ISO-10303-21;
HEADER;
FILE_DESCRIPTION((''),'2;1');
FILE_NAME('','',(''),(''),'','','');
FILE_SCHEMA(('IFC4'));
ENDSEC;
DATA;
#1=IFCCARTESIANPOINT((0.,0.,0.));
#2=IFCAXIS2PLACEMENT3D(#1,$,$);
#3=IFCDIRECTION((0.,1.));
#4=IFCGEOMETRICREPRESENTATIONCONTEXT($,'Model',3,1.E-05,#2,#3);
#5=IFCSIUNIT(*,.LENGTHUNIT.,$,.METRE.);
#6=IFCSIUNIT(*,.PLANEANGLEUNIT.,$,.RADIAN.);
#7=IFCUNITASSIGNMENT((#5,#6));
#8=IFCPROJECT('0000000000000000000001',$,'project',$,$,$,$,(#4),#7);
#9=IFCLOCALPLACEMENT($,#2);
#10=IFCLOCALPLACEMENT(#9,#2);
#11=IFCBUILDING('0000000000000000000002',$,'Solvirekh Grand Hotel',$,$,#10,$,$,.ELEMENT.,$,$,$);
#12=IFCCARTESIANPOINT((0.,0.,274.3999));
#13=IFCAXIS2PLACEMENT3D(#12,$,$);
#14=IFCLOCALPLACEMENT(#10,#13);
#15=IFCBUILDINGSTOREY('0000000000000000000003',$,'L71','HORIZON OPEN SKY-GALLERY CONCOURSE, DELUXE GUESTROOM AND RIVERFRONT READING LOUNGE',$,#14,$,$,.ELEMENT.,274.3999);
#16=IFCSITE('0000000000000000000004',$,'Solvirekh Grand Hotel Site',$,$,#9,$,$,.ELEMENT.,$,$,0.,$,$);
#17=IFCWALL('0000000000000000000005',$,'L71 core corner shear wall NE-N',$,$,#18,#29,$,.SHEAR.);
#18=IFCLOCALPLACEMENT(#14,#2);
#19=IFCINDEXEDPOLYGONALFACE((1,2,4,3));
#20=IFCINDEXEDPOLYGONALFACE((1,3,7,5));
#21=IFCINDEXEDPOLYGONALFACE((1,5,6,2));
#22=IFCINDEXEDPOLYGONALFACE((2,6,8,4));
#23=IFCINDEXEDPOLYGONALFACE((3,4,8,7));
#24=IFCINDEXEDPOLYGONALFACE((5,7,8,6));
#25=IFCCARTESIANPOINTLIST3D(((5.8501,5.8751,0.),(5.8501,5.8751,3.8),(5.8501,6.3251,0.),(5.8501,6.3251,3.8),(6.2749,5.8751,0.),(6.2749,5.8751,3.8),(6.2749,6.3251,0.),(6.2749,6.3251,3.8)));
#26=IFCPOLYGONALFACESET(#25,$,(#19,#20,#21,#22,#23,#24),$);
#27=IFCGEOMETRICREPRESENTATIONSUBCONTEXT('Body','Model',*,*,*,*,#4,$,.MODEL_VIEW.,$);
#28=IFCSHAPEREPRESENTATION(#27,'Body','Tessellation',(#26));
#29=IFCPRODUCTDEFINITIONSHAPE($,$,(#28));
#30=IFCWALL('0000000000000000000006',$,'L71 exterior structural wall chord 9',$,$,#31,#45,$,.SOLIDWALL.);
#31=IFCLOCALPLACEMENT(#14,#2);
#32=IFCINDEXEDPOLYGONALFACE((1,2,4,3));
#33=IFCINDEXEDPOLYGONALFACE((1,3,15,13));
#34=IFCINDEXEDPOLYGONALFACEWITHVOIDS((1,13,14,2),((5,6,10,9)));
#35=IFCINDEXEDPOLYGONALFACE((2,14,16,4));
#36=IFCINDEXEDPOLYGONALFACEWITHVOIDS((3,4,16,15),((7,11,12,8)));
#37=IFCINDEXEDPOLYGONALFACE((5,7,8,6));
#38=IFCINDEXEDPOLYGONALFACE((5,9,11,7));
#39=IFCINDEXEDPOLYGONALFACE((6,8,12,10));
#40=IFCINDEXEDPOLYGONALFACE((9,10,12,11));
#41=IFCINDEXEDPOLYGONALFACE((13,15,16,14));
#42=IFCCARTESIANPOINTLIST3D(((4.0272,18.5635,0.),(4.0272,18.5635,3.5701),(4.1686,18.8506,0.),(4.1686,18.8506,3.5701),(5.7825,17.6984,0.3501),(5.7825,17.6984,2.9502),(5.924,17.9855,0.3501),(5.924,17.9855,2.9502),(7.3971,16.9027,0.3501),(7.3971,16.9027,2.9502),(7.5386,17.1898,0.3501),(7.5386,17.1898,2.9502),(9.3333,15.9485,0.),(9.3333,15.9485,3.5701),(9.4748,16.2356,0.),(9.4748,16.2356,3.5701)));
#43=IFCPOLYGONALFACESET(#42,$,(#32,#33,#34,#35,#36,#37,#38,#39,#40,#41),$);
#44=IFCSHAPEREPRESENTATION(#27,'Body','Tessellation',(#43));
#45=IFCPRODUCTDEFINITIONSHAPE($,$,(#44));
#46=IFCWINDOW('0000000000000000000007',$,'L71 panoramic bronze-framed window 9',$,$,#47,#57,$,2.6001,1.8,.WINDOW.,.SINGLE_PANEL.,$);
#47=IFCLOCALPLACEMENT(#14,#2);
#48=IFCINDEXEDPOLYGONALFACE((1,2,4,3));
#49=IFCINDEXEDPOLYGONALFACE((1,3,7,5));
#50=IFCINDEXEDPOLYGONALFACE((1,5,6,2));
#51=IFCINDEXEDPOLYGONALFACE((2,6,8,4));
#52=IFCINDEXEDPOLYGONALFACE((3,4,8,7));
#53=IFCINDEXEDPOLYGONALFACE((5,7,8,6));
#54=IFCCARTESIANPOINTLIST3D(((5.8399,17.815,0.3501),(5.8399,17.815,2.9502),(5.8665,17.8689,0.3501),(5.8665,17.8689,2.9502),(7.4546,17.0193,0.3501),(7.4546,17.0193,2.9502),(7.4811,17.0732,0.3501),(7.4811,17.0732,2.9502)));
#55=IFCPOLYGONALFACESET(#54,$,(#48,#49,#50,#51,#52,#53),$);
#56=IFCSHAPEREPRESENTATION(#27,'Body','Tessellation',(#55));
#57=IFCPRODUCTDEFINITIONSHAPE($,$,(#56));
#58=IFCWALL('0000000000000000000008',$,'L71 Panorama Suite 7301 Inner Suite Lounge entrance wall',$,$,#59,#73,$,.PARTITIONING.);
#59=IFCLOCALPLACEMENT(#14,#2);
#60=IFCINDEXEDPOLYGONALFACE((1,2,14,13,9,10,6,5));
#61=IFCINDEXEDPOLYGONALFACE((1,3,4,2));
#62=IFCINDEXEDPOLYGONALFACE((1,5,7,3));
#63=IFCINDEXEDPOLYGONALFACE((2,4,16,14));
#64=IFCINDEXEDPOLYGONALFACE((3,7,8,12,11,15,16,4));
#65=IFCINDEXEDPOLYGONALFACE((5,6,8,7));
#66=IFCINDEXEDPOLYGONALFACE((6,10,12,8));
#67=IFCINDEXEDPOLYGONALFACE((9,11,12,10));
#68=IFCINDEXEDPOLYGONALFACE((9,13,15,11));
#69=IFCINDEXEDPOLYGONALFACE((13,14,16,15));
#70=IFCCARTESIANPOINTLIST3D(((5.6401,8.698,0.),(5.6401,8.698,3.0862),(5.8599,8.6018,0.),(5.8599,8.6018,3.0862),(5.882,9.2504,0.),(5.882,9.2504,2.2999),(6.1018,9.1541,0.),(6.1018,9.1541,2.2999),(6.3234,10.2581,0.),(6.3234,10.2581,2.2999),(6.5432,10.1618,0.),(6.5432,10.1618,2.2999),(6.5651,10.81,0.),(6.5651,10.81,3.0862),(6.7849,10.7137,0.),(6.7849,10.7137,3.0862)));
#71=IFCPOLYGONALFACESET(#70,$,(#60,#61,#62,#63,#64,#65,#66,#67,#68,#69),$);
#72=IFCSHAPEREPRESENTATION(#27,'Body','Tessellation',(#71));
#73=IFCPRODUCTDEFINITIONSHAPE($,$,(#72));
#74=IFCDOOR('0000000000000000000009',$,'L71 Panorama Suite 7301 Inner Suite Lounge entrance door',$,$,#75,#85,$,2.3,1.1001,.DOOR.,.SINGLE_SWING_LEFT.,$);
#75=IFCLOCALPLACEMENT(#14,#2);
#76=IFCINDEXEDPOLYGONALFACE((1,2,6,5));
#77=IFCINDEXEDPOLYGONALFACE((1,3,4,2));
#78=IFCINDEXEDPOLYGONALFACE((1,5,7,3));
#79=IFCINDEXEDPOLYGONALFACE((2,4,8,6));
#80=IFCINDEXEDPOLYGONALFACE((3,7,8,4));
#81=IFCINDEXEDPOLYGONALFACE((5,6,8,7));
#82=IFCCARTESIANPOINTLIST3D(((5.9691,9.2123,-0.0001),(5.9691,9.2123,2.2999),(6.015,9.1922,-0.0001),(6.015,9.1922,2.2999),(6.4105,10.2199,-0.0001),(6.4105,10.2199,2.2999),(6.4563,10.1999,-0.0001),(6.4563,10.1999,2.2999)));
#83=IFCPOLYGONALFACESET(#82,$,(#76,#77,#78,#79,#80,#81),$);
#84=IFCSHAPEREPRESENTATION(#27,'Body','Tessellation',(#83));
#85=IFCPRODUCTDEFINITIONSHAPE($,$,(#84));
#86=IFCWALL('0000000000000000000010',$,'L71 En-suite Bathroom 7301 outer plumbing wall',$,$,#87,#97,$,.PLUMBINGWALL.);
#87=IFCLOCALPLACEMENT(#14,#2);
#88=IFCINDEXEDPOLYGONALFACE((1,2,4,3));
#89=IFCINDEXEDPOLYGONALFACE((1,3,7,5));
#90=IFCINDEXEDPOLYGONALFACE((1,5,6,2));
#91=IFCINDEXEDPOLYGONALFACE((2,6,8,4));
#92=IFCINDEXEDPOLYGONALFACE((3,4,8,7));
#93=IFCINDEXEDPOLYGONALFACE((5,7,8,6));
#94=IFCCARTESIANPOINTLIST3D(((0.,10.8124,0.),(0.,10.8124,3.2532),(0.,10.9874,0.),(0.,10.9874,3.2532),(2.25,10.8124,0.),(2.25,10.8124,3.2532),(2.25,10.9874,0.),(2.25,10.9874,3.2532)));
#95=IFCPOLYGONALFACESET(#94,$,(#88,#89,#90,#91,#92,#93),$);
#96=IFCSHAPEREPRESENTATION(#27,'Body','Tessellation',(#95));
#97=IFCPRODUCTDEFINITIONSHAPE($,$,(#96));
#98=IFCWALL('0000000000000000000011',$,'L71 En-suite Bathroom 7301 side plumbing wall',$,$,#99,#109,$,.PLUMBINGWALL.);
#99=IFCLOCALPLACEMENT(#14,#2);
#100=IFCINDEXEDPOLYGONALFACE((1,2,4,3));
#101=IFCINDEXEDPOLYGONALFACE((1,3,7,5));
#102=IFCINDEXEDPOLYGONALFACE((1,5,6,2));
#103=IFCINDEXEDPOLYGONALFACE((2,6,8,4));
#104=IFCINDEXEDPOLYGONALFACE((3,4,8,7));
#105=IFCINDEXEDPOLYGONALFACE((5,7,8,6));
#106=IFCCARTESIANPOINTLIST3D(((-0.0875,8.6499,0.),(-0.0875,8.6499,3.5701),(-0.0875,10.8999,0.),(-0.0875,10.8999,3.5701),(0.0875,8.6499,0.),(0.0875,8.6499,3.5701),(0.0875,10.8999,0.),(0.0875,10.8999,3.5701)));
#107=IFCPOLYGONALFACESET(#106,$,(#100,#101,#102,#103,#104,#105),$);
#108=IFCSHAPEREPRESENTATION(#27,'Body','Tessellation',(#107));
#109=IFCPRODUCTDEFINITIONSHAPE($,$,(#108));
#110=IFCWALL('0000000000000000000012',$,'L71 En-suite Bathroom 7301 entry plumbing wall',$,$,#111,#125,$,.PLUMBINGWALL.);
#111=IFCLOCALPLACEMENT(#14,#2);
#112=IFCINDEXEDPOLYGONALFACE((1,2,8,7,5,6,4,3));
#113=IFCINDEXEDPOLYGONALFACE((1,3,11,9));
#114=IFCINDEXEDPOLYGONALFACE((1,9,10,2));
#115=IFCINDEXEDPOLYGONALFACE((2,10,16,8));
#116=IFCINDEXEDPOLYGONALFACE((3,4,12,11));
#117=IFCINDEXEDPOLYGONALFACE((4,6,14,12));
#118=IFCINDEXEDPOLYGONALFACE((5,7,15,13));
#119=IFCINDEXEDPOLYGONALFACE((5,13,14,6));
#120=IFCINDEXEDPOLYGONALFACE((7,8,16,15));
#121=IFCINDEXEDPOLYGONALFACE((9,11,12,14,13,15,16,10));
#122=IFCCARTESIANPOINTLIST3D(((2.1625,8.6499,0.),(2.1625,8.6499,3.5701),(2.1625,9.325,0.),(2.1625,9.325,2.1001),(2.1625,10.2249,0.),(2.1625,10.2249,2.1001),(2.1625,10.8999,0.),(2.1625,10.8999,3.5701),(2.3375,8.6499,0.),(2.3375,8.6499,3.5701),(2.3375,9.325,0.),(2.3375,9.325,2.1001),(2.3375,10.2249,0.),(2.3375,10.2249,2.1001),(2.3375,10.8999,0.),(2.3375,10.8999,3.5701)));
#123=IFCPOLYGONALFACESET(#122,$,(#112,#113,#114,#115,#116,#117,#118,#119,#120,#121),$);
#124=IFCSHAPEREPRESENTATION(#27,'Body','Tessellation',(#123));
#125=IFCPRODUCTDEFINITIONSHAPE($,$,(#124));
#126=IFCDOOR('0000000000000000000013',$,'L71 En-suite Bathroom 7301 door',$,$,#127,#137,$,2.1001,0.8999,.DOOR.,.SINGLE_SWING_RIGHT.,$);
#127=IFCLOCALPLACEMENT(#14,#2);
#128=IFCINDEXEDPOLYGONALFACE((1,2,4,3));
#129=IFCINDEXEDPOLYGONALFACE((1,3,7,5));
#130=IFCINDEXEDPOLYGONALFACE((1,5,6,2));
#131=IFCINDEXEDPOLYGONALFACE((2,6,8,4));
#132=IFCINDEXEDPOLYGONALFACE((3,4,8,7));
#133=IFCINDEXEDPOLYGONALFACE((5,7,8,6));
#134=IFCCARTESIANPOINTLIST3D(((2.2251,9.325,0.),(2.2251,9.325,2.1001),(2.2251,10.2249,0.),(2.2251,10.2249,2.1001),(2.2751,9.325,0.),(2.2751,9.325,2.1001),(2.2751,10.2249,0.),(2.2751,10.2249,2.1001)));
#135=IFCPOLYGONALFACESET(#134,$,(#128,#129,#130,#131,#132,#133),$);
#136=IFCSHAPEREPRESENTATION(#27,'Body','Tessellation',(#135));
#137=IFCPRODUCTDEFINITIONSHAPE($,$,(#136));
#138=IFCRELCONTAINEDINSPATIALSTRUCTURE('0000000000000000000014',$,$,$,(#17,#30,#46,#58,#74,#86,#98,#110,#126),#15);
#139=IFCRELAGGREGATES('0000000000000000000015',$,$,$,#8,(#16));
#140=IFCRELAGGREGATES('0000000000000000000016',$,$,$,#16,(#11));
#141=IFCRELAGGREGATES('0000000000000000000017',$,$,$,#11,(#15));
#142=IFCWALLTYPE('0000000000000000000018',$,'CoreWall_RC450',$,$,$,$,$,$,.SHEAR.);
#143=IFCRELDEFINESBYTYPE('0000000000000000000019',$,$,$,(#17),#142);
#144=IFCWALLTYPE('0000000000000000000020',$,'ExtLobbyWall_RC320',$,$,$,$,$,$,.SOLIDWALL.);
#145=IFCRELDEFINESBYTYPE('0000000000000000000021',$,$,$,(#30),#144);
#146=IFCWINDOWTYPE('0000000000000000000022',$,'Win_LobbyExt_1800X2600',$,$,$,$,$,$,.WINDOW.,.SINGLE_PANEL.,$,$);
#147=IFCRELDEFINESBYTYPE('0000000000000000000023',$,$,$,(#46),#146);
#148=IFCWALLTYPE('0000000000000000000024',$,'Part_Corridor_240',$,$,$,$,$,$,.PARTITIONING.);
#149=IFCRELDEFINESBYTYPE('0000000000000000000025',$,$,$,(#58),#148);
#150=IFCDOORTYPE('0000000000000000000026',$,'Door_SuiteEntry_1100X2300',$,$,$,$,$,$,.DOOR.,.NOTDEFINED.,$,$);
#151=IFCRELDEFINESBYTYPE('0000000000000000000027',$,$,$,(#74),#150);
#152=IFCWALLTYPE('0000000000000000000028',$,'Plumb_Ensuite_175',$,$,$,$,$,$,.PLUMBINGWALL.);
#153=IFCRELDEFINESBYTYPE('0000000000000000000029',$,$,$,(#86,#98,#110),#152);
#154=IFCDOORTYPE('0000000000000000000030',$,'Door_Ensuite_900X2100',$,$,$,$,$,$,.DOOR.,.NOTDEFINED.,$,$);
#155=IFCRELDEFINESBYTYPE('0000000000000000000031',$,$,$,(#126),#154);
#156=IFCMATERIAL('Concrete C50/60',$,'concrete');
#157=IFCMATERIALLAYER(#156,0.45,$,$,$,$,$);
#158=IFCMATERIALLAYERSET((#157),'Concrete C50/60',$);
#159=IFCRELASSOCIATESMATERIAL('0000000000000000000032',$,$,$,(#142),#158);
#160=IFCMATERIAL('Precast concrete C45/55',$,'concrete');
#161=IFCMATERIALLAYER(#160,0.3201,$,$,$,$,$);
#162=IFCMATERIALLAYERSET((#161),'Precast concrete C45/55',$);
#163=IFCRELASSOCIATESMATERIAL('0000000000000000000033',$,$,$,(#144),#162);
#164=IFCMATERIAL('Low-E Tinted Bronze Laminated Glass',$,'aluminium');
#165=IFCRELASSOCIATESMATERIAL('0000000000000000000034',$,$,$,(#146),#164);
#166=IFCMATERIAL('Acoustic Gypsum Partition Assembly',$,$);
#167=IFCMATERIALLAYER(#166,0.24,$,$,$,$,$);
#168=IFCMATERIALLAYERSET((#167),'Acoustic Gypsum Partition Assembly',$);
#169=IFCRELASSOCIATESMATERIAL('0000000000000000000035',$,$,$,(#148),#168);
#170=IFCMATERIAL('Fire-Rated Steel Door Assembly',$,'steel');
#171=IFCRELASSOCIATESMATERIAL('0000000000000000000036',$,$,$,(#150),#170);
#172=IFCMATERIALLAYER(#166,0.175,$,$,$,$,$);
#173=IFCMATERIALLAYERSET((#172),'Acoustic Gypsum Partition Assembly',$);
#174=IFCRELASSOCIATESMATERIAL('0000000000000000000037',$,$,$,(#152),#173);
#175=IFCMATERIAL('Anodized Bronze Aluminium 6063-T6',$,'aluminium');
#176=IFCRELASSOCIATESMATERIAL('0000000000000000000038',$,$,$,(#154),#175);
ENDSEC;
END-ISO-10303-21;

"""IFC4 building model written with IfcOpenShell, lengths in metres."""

from ifc_helpers import new_model, si_unit, direction, frame, frame_2d, origin, place, context, subcontext, project, spatial, rectangle, extrude, material, layer, layer_set, type_object, element, fill, save


model = new_model("IFC4")

# Units and contexts
model_context = context("Model", 3, precision=1e-05, world=origin(), true_north=direction((0.0, 1.0)))
body_context = subcontext(model_context, "Body", "Model", "MODEL_VIEW")
ifc_project = project(units=[si_unit("LENGTHUNIT", "METRE"), si_unit("PLANEANGLEUNIT", "RADIAN")], contexts=[model_context])

# Site, building, storey
site_placement = place(None, origin())
site = spatial("IfcSite", under=ifc_project, at=site_placement, Name="Solvirekh Grand Hotel Site", CompositionType="ELEMENT", RefElevation=0.0)
building_placement = place(site_placement, origin())
building = spatial("IfcBuilding", under=site, at=building_placement, Name="Solvirekh Grand Hotel", CompositionType="ELEMENT")
storey_placement = place(building_placement, frame((0.0, 0.0, 274.3999)))
storey = spatial("IfcBuildingStorey", under=building, at=storey_placement, Name="L71", Description="HORIZON OPEN SKY-GALLERY CONCOURSE, DELUXE GUESTROOM AND RIVERFRONT READING LOUNGE", CompositionType="ELEMENT", Elevation=274.3999)

# Shared definitions
ifc_material_1 = material(Name="Concrete C50/60", Category="concrete")

# Wall
ifc_layer_1 = layer(ifc_material_1, 0.45)
ifc_layer_set_1 = layer_set([ifc_layer_1], Name="Concrete C50/60")
wall_type_1 = type_object("IfcWallType", Name="CoreWall_RC450", PredefinedType="SHEAR", material=ifc_layer_set_1)
wall_1_placement = place(storey_placement, frame((5.8501, 6.1001, 0.0), z_axis=(0.0, 0.0, 1.0), x_axis=(1.0, 0.0, 0.0)))
element("IfcWall", 1, at=wall_1_placement, inside=storey, type_object=wall_type_1, Name="L71 core corner shear wall NE-N", PredefinedType="SHEAR", context=body_context, shape_type="SweptSolid", body=[
    extrude(rectangle(XDim=0.4248, YDim=0.45, at=frame_2d((0.2124, 0.0))), origin(), (0.0, 0.0, 1.0), 3.8),
])

# Wall, opening, window
ifc_material_2 = material(Name="Precast concrete C45/55", Category="concrete")
ifc_layer_2 = layer(ifc_material_2, 0.3201)
ifc_layer_set_2 = layer_set([ifc_layer_2], Name="Precast concrete C45/55")
wall_type_2 = type_object("IfcWallType", Name="ExtLobbyWall_RC320", PredefinedType="SOLIDWALL", material=ifc_layer_set_2)
wall_2_placement = place(storey_placement, frame((4.0979, 18.707, 0.0), z_axis=(0.0, 0.0, 1.0), x_axis=(0.896988, -0.442056, 0.0)))
wall_2 = element("IfcWall", 2, at=wall_2_placement, inside=storey, type_object=wall_type_2, Name="L71 exterior structural wall chord 9", PredefinedType="SOLIDWALL", context=body_context, shape_type="SweptSolid", body=[
    extrude(rectangle(XDim=5.9155, YDim=0.3201, at=frame_2d((2.9578, 0.0))), origin(), (0.0, 0.0, 1.0), 3.5701),
])
opening_1_placement = place(wall_2_placement, frame((1.957, 0.0, 0.3501)))
opening_1 = element("IfcOpeningElement", 3, at=opening_1_placement, cuts=wall_2, PredefinedType="OPENING", context=body_context, shape_type="SweptSolid", body=[
    extrude(rectangle(XDim=1.8, YDim=2.6001, at=frame_2d((0.8999, 1.3))), frame((0.0, 0.1699, 0.0), z_axis=(0.0, -1.0, 0.0), x_axis=(1.0, 0.0, 0.0)), (0.0, 0.0, 1.0), 0.3401),
])
ifc_material_3 = material(Name="Low-E Tinted Bronze Laminated Glass", Category="aluminium")
window_type = type_object("IfcWindowType", Name="Win_LobbyExt_1800X2600", PartitioningType="SINGLE_PANEL", PredefinedType="WINDOW", material=ifc_material_3)
window_placement = place(opening_1_placement, origin())
window = element("IfcWindow", 4, at=window_placement, inside=storey, type_object=window_type, Name="L71 panoramic bronze-framed window 9", OverallHeight=2.6001, OverallWidth=1.8, PartitioningType="SINGLE_PANEL", PredefinedType="WINDOW", context=body_context, shape_type="SweptSolid", body=[
    extrude(rectangle(XDim=1.8, YDim=2.6001, at=frame_2d((0.8999, 1.3))), frame((0.0, 0.03, 0.0), z_axis=(0.0, -1.0, 0.0), x_axis=(1.0, 0.0, 0.0)), (0.0, 0.0, 1.0), 0.0601),
])
fill(opening_1, window)

# Wall, opening, door
ifc_material_4 = material(Name="Acoustic Gypsum Partition Assembly")
ifc_layer_3 = layer(ifc_material_4, 0.24)
ifc_layer_set_3 = layer_set([ifc_layer_3], Name="Acoustic Gypsum Partition Assembly")
wall_type_3 = type_object("IfcWallType", Name="Part_Corridor_240", PredefinedType="PARTITIONING", material=ifc_layer_set_3)
wall_3_placement = place(storey_placement, frame((5.75, 8.6499, 0.0), z_axis=(0.0, 0.0, 1.0), x_axis=(0.401191, 0.915994, 0.0)))
wall_3 = element("IfcWall", 5, at=wall_3_placement, inside=storey, type_object=wall_type_3, Name="L71 Panorama Suite 7301 Inner Suite Lounge entrance wall", PredefinedType="PARTITIONING", context=body_context, shape_type="SweptSolid", body=[
    extrude(rectangle(XDim=2.3057, YDim=0.24, at=frame_2d((1.1528, 0.0))), origin(), (0.0, 0.0, 1.0), 3.0862),
])
opening_2_placement = place(wall_3_placement, frame((0.603, 0.0, 0.0)))
opening_2 = element("IfcOpeningElement", 6, at=opening_2_placement, cuts=wall_3, PredefinedType="OPENING", context=body_context, shape_type="SweptSolid", body=[
    extrude(rectangle(XDim=1.1001, YDim=2.3, at=frame_2d((0.55, 1.1499))), frame((0.0, 0.1299, 0.0), z_axis=(0.0, -1.0, 0.0), x_axis=(1.0, 0.0, 0.0)), (0.0, 0.0, 1.0), 0.26),
])
ifc_material_5 = material(Name="Fire-Rated Steel Door Assembly", Category="steel")
door_type_1 = type_object("IfcDoorType", Name="Door_SuiteEntry_1100X2300", OperationType="NOTDEFINED", PredefinedType="DOOR", material=ifc_material_5)
door_1_placement = place(opening_2_placement, origin())
door_1 = element("IfcDoor", 7, at=door_1_placement, inside=storey, type_object=door_type_1, Name="L71 Panorama Suite 7301 Inner Suite Lounge entrance door", OperationType="SINGLE_SWING_LEFT", OverallHeight=2.3, OverallWidth=1.1001, PredefinedType="DOOR", context=body_context, shape_type="SweptSolid", body=[
    extrude(rectangle(XDim=1.1001, YDim=2.3, at=frame_2d((0.55, 1.1499))), frame((0.0, 0.0249, 0.0), z_axis=(0.0, -1.0, 0.0), x_axis=(1.0, 0.0, 0.0)), (0.0, 0.0, 1.0), 0.05),
])
fill(opening_2, door_1)

# Walls
ifc_layer_4 = layer(ifc_material_4, 0.175)
ifc_layer_set_4 = layer_set([ifc_layer_4], Name="Acoustic Gypsum Partition Assembly")
wall_type_4 = type_object("IfcWallType", Name="Plumb_Ensuite_175", PredefinedType="PLUMBINGWALL", material=ifc_layer_set_4)
wall_4_placement = place(storey_placement, frame((0.0, 10.8999, 0.0), z_axis=(0.0, 0.0, 1.0), x_axis=(1.0, 0.0, 0.0)))
element("IfcWall", 8, at=wall_4_placement, inside=storey, type_object=wall_type_4, Name="L71 En-suite Bathroom 7301 outer plumbing wall", PredefinedType="PLUMBINGWALL", context=body_context, shape_type="SweptSolid", body=[
    extrude(rectangle(XDim=2.25, YDim=0.175, at=frame_2d((1.125, 0.0))), origin(), (0.0, 0.0, 1.0), 3.2532),
])
wall_5_placement = place(storey_placement, frame((0.0, 10.8999, 0.0), z_axis=(0.0, 0.0, 1.0), x_axis=(0.0, -1.0, 0.0)))
element("IfcWall", 9, at=wall_5_placement, inside=storey, type_object=wall_type_4, Name="L71 En-suite Bathroom 7301 side plumbing wall", PredefinedType="PLUMBINGWALL", context=body_context, shape_type="SweptSolid", body=[
    extrude(rectangle(XDim=2.25, YDim=0.175, at=frame_2d((1.125, 0.0))), origin(), (0.0, 0.0, 1.0), 3.5701),
])

# Wall, opening, door
wall_6_placement = place(storey_placement, frame((2.25, 8.6499, 0.0), z_axis=(0.0, 0.0, 1.0), x_axis=(0.0, 1.0, 0.0)))
wall_6 = element("IfcWall", 10, at=wall_6_placement, inside=storey, type_object=wall_type_4, Name="L71 En-suite Bathroom 7301 entry plumbing wall", PredefinedType="PLUMBINGWALL", context=body_context, shape_type="SweptSolid", body=[
    extrude(rectangle(XDim=2.25, YDim=0.175, at=frame_2d((1.125, 0.0))), origin(), (0.0, 0.0, 1.0), 3.5701),
])
opening_3_placement = place(wall_6_placement, frame((0.675, 0.0, 0.0)))
opening_3 = element("IfcOpeningElement", 11, at=opening_3_placement, cuts=wall_6, PredefinedType="OPENING", context=body_context, shape_type="SweptSolid", body=[
    extrude(rectangle(XDim=0.8999, YDim=2.1001, at=frame_2d((0.45, 1.05))), frame((0.0, 0.0977, 0.0), z_axis=(0.0, -1.0, 0.0), x_axis=(1.0, 0.0, 0.0)), (0.0, 0.0, 1.0), 0.1951),
])
ifc_material_6 = material(Name="Anodized Bronze Aluminium 6063-T6", Category="aluminium")
door_type_2 = type_object("IfcDoorType", Name="Door_Ensuite_900X2100", OperationType="NOTDEFINED", PredefinedType="DOOR", material=ifc_material_6)
door_2_placement = place(opening_3_placement, origin())
door_2 = element("IfcDoor", 12, at=door_2_placement, inside=storey, type_object=door_type_2, Name="L71 En-suite Bathroom 7301 door", OperationType="SINGLE_SWING_RIGHT", OverallHeight=2.1001, OverallWidth=0.8999, PredefinedType="DOOR", context=body_context, shape_type="SweptSolid", body=[
    extrude(rectangle(XDim=0.8999, YDim=2.1001, at=frame_2d((0.45, 1.05))), frame((0.0, 0.0249, 0.0), z_axis=(0.0, -1.0, 0.0), x_axis=(1.0, 0.0, 0.0)), (0.0, 0.0, 1.0), 0.05),
])
fill(opening_3, door_2)

save(model, "model.ifc")
